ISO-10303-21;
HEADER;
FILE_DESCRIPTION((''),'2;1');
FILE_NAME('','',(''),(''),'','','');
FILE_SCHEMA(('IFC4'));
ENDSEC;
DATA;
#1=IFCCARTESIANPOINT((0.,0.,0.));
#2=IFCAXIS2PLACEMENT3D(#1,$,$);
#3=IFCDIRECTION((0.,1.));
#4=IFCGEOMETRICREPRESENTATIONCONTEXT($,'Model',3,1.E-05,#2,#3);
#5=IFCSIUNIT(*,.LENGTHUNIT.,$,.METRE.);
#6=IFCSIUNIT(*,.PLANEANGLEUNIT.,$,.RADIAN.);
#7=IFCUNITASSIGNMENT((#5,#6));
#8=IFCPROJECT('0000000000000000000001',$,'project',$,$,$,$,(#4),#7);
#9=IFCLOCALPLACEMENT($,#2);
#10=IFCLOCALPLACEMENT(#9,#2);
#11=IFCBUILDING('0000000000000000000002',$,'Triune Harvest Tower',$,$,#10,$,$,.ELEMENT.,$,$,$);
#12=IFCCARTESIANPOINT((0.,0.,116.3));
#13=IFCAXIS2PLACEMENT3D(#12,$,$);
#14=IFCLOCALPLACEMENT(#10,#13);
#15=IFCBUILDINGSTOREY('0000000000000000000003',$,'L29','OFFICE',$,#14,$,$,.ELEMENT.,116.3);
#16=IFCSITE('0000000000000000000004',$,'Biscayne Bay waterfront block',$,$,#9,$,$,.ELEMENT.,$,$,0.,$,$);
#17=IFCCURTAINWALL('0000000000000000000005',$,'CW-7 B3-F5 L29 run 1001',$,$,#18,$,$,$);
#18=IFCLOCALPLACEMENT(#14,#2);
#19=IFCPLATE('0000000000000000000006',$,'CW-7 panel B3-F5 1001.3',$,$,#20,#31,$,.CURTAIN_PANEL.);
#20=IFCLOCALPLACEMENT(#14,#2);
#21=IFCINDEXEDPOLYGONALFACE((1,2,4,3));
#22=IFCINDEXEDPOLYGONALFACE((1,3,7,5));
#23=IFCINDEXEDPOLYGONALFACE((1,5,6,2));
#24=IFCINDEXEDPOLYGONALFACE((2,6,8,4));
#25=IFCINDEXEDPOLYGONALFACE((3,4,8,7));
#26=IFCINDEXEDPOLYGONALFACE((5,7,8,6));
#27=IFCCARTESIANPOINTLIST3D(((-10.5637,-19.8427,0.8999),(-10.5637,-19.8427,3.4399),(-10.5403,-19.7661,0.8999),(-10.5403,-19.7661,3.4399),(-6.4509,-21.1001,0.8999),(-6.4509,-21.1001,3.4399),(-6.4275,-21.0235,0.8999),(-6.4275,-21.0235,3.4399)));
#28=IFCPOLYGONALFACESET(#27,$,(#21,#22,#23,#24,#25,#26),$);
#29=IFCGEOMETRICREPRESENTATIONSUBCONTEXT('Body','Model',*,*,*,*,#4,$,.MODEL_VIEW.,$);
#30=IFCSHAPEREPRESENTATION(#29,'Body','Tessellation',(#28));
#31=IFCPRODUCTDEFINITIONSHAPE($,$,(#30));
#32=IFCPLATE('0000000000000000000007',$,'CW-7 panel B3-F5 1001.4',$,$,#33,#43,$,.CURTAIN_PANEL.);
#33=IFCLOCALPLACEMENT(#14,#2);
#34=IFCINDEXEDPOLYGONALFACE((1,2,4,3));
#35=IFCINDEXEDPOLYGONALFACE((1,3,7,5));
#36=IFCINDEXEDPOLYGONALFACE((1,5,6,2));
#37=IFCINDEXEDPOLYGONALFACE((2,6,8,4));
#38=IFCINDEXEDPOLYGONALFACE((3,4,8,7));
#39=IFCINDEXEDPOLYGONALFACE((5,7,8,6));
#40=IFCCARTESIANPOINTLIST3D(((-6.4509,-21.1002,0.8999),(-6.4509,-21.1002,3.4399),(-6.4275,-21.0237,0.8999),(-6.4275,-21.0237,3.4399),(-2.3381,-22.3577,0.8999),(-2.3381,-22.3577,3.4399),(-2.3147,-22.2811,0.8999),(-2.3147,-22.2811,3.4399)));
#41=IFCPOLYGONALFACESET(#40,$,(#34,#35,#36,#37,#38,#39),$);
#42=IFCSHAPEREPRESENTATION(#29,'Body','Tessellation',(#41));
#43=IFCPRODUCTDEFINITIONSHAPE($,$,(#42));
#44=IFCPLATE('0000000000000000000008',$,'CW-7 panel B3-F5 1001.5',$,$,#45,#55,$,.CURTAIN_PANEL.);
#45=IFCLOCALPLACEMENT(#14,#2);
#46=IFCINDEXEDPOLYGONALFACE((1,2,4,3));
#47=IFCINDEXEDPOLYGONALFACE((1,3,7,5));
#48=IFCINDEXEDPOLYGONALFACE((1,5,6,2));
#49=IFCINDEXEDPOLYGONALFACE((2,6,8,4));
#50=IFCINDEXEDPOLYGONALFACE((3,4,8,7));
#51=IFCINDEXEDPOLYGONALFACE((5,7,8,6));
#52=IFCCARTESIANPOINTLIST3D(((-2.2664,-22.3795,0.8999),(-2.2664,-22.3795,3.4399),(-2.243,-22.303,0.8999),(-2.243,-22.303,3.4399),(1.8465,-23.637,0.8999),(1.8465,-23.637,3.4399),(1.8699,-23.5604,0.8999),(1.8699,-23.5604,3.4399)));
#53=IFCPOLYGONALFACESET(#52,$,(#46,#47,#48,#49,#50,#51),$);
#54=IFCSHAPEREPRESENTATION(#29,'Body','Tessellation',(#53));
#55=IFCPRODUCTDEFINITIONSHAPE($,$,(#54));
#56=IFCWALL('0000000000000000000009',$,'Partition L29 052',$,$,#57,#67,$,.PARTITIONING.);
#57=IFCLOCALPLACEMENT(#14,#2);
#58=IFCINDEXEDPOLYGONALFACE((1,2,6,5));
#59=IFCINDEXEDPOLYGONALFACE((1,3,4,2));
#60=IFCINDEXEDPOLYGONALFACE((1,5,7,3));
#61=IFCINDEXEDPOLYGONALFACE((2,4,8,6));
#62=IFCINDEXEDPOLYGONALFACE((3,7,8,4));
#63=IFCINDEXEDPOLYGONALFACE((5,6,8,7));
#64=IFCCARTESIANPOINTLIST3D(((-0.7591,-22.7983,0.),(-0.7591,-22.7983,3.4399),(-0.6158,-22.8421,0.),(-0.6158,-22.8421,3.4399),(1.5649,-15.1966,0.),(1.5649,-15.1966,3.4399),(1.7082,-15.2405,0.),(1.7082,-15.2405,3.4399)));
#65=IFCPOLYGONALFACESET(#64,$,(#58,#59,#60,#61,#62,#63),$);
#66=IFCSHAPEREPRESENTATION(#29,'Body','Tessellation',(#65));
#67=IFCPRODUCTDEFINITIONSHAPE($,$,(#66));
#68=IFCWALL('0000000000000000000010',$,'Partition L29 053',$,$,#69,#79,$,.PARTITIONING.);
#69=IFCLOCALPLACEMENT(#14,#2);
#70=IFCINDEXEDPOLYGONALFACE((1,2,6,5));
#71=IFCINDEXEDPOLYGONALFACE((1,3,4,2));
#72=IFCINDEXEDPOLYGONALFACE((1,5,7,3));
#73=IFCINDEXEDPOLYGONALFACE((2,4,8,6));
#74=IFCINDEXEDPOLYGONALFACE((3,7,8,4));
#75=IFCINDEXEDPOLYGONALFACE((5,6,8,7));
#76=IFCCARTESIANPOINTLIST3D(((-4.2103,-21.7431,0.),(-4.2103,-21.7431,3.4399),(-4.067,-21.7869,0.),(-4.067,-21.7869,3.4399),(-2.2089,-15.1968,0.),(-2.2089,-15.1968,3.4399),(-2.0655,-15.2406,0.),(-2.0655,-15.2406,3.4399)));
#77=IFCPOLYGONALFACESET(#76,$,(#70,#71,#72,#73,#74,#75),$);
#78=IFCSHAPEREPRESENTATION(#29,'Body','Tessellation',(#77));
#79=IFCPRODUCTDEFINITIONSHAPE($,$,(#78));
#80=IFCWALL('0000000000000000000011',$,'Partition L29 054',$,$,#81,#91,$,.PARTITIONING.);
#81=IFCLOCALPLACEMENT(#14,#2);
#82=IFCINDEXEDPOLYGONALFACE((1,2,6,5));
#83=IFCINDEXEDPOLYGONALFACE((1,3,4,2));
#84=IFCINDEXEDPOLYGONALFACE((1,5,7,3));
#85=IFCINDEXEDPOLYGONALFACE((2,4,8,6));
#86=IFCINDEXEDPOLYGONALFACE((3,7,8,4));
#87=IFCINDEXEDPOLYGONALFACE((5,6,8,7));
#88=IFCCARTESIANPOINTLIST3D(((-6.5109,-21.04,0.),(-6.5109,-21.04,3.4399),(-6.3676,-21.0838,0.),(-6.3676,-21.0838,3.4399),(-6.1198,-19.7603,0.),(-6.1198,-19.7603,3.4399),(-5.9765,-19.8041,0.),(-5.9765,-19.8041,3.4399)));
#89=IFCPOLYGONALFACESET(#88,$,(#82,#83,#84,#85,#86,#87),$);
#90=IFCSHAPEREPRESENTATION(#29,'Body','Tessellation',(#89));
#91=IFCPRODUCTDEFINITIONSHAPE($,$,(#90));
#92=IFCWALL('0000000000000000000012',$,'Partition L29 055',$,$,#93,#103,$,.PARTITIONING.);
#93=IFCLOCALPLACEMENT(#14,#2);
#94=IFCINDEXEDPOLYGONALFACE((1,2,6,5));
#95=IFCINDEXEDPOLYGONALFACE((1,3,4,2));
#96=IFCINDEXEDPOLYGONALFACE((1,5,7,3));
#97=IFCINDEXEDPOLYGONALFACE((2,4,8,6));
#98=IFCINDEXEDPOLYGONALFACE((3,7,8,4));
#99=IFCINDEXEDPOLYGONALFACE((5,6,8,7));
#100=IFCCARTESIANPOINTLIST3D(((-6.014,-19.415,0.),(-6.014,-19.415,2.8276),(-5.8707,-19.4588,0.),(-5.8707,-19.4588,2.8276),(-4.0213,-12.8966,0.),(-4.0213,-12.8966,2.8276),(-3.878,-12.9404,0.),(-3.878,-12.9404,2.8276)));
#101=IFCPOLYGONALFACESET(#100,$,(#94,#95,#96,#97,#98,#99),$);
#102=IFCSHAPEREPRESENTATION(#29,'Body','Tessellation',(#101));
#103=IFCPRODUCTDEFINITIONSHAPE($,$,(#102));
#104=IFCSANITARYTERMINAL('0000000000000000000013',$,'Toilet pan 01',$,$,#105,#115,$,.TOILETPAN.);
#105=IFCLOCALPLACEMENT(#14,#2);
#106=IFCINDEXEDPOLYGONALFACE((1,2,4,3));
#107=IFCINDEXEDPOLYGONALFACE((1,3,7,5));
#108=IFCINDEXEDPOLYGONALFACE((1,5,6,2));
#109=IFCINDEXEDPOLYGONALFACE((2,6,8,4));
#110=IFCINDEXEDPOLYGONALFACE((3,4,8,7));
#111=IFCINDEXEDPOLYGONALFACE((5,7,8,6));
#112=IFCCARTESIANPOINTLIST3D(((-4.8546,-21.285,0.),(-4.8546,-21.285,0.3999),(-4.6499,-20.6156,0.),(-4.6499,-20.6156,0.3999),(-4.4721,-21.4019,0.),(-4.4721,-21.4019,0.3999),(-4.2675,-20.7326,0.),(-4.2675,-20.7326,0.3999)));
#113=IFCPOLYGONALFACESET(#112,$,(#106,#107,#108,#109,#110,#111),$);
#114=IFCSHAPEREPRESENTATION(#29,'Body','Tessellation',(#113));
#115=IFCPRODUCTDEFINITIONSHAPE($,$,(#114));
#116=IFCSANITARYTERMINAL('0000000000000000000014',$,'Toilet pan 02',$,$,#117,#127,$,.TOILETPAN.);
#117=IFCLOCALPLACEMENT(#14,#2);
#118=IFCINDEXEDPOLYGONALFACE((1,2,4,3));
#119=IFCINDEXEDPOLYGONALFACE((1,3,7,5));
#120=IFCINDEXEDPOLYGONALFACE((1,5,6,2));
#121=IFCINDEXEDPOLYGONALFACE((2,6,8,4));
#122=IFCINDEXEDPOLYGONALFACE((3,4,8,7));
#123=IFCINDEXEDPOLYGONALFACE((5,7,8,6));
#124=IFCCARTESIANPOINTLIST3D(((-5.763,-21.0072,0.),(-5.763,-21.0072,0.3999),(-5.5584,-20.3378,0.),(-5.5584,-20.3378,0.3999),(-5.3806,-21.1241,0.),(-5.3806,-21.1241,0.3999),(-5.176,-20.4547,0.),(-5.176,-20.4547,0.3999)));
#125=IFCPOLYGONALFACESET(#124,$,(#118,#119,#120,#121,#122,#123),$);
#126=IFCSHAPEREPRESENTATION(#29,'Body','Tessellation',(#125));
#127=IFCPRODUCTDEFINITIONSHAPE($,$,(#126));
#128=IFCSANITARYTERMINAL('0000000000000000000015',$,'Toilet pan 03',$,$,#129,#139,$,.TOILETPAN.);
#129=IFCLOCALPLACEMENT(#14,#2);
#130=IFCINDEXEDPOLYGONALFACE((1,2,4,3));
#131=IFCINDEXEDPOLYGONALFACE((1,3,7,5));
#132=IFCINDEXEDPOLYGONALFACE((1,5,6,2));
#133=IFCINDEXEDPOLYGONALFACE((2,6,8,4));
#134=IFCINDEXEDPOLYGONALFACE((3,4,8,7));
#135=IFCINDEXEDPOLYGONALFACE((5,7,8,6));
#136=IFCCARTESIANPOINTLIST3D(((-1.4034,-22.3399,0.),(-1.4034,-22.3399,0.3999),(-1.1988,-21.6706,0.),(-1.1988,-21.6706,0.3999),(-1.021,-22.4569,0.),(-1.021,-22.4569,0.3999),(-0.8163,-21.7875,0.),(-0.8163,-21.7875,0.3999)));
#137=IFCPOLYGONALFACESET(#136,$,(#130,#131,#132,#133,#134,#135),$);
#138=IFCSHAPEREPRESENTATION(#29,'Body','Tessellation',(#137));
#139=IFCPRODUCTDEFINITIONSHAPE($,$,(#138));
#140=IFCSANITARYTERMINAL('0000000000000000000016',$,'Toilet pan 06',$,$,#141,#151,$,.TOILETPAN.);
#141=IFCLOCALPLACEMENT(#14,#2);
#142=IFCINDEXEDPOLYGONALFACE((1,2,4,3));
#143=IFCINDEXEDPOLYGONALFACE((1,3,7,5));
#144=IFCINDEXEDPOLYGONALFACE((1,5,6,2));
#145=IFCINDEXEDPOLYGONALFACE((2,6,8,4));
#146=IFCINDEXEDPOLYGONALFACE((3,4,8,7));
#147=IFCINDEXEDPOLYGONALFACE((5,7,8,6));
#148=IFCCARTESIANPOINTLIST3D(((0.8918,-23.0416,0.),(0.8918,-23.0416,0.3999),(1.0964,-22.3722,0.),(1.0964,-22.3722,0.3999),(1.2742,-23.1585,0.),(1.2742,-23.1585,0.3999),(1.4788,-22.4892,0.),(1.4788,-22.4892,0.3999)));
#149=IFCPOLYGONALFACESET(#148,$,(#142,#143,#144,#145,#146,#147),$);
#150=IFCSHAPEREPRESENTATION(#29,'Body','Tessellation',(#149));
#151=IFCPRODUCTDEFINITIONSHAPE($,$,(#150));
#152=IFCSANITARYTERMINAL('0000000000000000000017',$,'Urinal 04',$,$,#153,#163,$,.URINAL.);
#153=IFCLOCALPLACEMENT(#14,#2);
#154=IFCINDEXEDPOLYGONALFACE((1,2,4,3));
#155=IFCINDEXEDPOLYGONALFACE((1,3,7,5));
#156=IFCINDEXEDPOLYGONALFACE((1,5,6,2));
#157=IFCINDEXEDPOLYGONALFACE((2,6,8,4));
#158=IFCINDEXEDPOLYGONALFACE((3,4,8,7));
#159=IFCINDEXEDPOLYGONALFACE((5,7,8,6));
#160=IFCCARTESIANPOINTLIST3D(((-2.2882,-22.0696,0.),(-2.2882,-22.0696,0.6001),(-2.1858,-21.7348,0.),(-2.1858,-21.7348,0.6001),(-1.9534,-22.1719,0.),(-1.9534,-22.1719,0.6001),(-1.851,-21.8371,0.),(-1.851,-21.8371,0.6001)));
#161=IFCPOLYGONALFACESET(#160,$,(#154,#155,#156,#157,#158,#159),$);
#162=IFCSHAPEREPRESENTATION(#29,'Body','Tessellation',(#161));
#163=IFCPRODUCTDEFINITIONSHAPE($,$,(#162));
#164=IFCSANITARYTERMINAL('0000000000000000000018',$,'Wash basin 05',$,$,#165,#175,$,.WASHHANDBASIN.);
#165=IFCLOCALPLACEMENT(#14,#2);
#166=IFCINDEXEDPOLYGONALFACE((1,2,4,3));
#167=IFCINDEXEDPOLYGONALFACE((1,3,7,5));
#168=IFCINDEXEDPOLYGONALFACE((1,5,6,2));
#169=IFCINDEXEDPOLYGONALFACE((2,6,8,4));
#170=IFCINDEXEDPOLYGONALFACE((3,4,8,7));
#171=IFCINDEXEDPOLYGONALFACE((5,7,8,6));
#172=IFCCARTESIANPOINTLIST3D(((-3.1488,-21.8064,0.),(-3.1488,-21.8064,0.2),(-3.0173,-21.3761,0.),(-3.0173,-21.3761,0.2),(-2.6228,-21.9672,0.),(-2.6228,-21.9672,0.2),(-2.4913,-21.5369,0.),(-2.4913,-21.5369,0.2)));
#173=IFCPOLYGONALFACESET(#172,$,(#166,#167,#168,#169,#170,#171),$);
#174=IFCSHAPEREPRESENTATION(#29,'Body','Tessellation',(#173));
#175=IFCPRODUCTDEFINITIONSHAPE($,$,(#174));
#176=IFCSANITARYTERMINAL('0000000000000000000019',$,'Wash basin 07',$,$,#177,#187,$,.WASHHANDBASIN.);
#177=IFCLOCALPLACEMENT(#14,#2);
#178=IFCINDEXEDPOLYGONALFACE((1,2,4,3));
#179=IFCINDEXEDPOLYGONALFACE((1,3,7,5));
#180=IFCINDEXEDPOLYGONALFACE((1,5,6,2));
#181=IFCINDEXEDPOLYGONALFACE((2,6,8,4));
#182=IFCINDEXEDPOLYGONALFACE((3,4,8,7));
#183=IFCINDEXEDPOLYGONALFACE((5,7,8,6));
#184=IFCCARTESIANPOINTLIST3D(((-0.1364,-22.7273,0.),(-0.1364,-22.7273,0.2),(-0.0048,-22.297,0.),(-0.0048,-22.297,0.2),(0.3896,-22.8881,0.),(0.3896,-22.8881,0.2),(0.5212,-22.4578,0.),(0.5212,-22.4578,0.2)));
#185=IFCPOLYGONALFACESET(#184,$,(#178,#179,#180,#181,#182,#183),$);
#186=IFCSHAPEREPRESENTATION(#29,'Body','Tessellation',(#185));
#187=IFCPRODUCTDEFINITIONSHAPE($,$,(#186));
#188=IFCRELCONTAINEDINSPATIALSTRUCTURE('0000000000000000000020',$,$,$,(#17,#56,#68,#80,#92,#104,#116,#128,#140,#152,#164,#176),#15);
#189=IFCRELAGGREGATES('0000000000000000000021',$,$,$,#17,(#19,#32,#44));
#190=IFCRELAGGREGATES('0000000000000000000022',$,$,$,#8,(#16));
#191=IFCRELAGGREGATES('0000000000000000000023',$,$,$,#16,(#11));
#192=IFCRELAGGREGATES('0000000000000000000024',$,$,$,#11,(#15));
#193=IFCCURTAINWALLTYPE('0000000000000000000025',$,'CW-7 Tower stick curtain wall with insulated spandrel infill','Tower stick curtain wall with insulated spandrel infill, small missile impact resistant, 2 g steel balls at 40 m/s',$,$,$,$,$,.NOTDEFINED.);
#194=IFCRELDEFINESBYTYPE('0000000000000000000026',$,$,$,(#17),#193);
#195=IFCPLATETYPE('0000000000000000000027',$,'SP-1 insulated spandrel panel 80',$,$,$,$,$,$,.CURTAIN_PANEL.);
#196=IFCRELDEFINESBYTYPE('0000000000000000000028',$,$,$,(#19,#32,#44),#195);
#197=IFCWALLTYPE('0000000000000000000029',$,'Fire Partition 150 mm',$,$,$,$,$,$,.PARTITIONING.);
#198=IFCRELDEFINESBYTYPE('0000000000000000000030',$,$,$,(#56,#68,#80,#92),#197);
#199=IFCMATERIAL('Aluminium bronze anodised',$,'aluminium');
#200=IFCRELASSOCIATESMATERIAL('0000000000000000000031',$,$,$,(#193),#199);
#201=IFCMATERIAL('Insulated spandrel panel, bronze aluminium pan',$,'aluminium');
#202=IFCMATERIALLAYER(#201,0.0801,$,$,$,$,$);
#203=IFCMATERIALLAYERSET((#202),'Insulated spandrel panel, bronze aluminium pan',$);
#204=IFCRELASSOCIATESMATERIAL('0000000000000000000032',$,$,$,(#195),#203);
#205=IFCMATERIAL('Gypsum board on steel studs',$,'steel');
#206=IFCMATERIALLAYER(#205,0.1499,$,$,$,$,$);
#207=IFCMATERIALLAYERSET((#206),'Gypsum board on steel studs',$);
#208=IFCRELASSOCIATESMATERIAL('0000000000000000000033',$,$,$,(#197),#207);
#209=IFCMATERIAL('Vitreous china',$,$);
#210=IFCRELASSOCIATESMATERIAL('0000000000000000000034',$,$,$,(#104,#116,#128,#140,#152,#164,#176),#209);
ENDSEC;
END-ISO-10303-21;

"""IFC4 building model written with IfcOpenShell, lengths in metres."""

from ifc_helpers import new_model, si_unit, direction, frame, frame_2d, origin, origin_2d, place, context, subcontext, project, spatial, rectangle, extrude, source, transform, mapped, material, layer, layer_set, type_object, element, aggregate, save


model = new_model("IFC4")

# Units and contexts
model_context = context("Model", 3, precision=1e-05, world=origin(), true_north=direction((0.0, 1.0)))
body_context = subcontext(model_context, "Body", "Model", "MODEL_VIEW")
ifc_project = project(units=[si_unit("LENGTHUNIT", "METRE"), si_unit("PLANEANGLEUNIT", "RADIAN")], contexts=[model_context])

# Site, building, storey
site_placement = place(None, origin())
site = spatial("IfcSite", under=ifc_project, at=site_placement, Name="Biscayne Bay waterfront block", CompositionType="ELEMENT", RefElevation=0.0)
building_placement = place(site_placement, origin())
building = spatial("IfcBuilding", under=site, at=building_placement, Name="Triune Harvest Tower", CompositionType="ELEMENT")
storey_placement = place(building_placement, frame((0.0, 0.0, 116.3)))
storey = spatial("IfcBuildingStorey", under=building, at=storey_placement, Name="L29", Description="OFFICE", CompositionType="ELEMENT", Elevation=116.3)

# Curtain wall, plates
ifc_material_1 = material(Name="Aluminium bronze anodised", Category="aluminium")
curtain_wall_type = type_object("IfcCurtainWallType", Name="CW-7 Tower stick curtain wall with insulated spandrel infill", Description="Tower stick curtain wall with insulated spandrel infill, small missile impact resistant, 2 g steel balls at 40 m/s", PredefinedType="NOTDEFINED", material=ifc_material_1)
curtain_wall_placement = place(storey_placement, origin())
curtain_wall = element("IfcCurtainWall", 1, at=curtain_wall_placement, inside=storey, type_object=curtain_wall_type, Name="CW-7 B3-F5 L29 run 1001")
ifc_material_2 = material(Name="Insulated spandrel panel, bronze aluminium pan", Category="aluminium")
ifc_layer_1 = layer(ifc_material_2, 0.0801)
ifc_layer_set_1 = layer_set([ifc_layer_1], Name="Insulated spandrel panel, bronze aluminium pan")
plate_type = type_object("IfcPlateType", Name="SP-1 insulated spandrel panel 80", PredefinedType="CURTAIN_PANEL", material=ifc_layer_set_1)
shared_shape_1 = source(origin(), body_context, "Body", "SweptSolid", [
    extrude(rectangle(XDim=4.3008, YDim=0.0801, at=origin_2d()), origin(), (0.0, 0.0, 1.0), 2.54),
])
plate_1_placement = place(storey_placement, frame((-8.4956, -20.4331, 0.8999), z_axis=(0.0, 0.0, 1.0), x_axis=(0.956304, -0.292373, 0.0)))
plate_1 = element("IfcPlate", 2, at=plate_1_placement, type_object=plate_type, Name="CW-7 panel B3-F5 1001.3", PredefinedType="CURTAIN_PANEL", context=body_context, shape_type="MappedRepresentation", body=[
    mapped(shared_shape_1, transform((0.0, 0.0, 0.0), scale=1.0)),
])
plate_2_placement = place(storey_placement, frame((-4.3828, -21.6907, 0.8999), z_axis=(0.0, 0.0, 1.0), x_axis=(0.956304, -0.292373, 0.0)))
plate_2 = element("IfcPlate", 3, at=plate_2_placement, type_object=plate_type, Name="CW-7 panel B3-F5 1001.4", PredefinedType="CURTAIN_PANEL", context=body_context, shape_type="MappedRepresentation", body=[
    mapped(shared_shape_1, transform((0.0, 0.0, 0.0), scale=1.0)),
])
plate_3_placement = place(storey_placement, frame((-0.1982, -22.97, 0.8999), z_axis=(0.0, 0.0, 1.0), x_axis=(0.956304, -0.292373, 0.0)))
plate_3 = element("IfcPlate", 4, at=plate_3_placement, type_object=plate_type, Name="CW-7 panel B3-F5 1001.5", PredefinedType="CURTAIN_PANEL", context=body_context, shape_type="MappedRepresentation", body=[
    mapped(shared_shape_1, transform((0.0, 0.0, 0.0), scale=1.0)),
])
aggregate(curtain_wall, [plate_1, plate_2, plate_3])

# Walls
ifc_material_3 = material(Name="Gypsum board on steel studs", Category="steel")
ifc_layer_2 = layer(ifc_material_3, 0.1499)
ifc_layer_set_2 = layer_set([ifc_layer_2], Name="Gypsum board on steel studs")
wall_type = type_object("IfcWallType", Name="Fire Partition 150 mm", PredefinedType="PARTITIONING", material=ifc_layer_set_2)
shared_shape_2 = source(origin(), body_context, "Body", "SweptSolid", [
    extrude(rectangle(XDim=7.949, YDim=0.1499, at=frame_2d((3.9746, 0.0))), origin(), (0.0, 0.0, 1.0), 3.4399),
])
wall_1_placement = place(storey_placement, frame((-0.6875, -22.8203, 0.0), z_axis=(0.0, 0.0, 1.0), x_axis=(0.292365, 0.956307, 0.0)))
element("IfcWall", 5, at=wall_1_placement, inside=storey, type_object=wall_type, Name="Partition L29 052", PredefinedType="PARTITIONING", context=body_context, shape_type="MappedRepresentation", body=[
    mapped(shared_shape_2, transform((0.0, 0.0, 0.0), scale=1.0)),
])
shared_shape_3 = source(origin(), body_context, "Body", "SweptSolid", [
    extrude(rectangle(XDim=6.8455, YDim=0.1499, at=frame_2d((3.4229, 0.0))), origin(), (0.0, 0.0, 1.0), 3.4399),
])
wall_2_placement = place(storey_placement, frame((-4.1387, -21.7651, 0.0), z_axis=(0.0, 0.0, 1.0), x_axis=(0.292376, 0.956303, 0.0)))
element("IfcWall", 6, at=wall_2_placement, inside=storey, type_object=wall_type, Name="Partition L29 053", PredefinedType="PARTITIONING", context=body_context, shape_type="MappedRepresentation", body=[
    mapped(shared_shape_3, transform((0.0, 0.0, 0.0), scale=1.0)),
])
shared_shape_4 = source(origin(), body_context, "Body", "SweptSolid", [
    extrude(rectangle(XDim=1.3381, YDim=0.1499, at=frame_2d((0.6689, 0.0))), origin(), (0.0, 0.0, 1.0), 3.4399),
])
wall_3_placement = place(storey_placement, frame((-6.4392, -21.0618, 0.0), z_axis=(0.0, 0.0, 1.0), x_axis=(0.292265, 0.956337, 0.0)))
element("IfcWall", 7, at=wall_3_placement, inside=storey, type_object=wall_type, Name="Partition L29 054", PredefinedType="PARTITIONING", context=body_context, shape_type="MappedRepresentation", body=[
    mapped(shared_shape_4, transform((0.0, 0.0, 0.0), scale=1.0)),
])
shared_shape_5 = source(origin(), body_context, "Body", "SweptSolid", [
    extrude(rectangle(XDim=6.8162, YDim=0.1499, at=frame_2d((3.4082, 0.0))), origin(), (0.0, 0.0, 1.0), 2.8276),
])
wall_4_placement = place(storey_placement, frame((-5.9424, -19.437, 0.0), z_axis=(0.0, 0.0, 1.0), x_axis=(0.292349, 0.956312, 0.0)))
element("IfcWall", 8, at=wall_4_placement, inside=storey, type_object=wall_type, Name="Partition L29 055", PredefinedType="PARTITIONING", context=body_context, shape_type="MappedRepresentation", body=[
    mapped(shared_shape_5, transform((0.0, 0.0, 0.0), scale=1.0)),
])

# Sanitary terminals
ifc_material_4 = material(Name="Vitreous china")
shared_shape_6 = source(origin(), body_context, "Body", "SweptSolid", [
    extrude(rectangle(XDim=0.3999, YDim=0.7, at=origin_2d()), origin(), (0.0, 0.0, 1.0), 0.3999),
])
for number, where, z_axis, x_axis, name in (
    (9, (-4.561, -21.0088, 0.0), (0.0, 0.0, 1.0), (-0.95631, 0.292355, 0.0), "Toilet pan 01"),
    (10, (-5.4695, -20.731, 0.0), (0.0, 0.0, 1.0), (-0.95631, 0.292355, 0.0), "Toilet pan 02"),
    (11, (-1.1099, -22.0637, 0.0), (0.0, 0.0, 1.0), (-0.95631, 0.292355, 0.0), "Toilet pan 03"),
    (12, (1.1853, -22.7654, 0.0), (0.0, 0.0, 1.0), (-0.956305, 0.292372, 0.0), "Toilet pan 06"),
):
    element("IfcSanitaryTerminal", number, at=place(storey_placement, frame(where, z_axis=z_axis, x_axis=x_axis)), inside=storey, material=ifc_material_4, Name=name, PredefinedType="TOILETPAN", context=body_context, shape_type="MappedRepresentation", body=[
        mapped(shared_shape_6, transform((0.0, 0.0, 0.0), scale=1.0)),
    ])
shared_shape_7 = source(origin(), body_context, "Body", "SweptSolid", [
    extrude(rectangle(XDim=0.3501, YDim=0.3501, at=origin_2d()), origin(), (0.0, 0.0, 1.0), 0.6001),
])
sanitary_terminal_placement = place(storey_placement, frame((-2.0696, -21.9534, 0.0), z_axis=(0.0, 0.0, 1.0), x_axis=(-0.95631, 0.292355, 0.0)))
element("IfcSanitaryTerminal", 13, at=sanitary_terminal_placement, inside=storey, material=ifc_material_4, Name="Urinal 04", PredefinedType="URINAL", context=body_context, shape_type="MappedRepresentation", body=[
    mapped(shared_shape_7, transform((0.0, 0.0, 0.0), scale=1.0)),
])
shared_shape_8 = source(origin(), body_context, "Body", "SweptSolid", [
    extrude(rectangle(XDim=0.55, YDim=0.45, at=origin_2d()), origin(), (0.0, 0.0, 1.0), 0.2),
])
for number, where, z_axis, x_axis, name in (
    (14, (-2.8201, -21.6716, 0.0), (0.0, 0.0, 1.0), (-0.95631, 0.292355, 0.0), "Wash basin 05"),
    (15, (0.1924, -22.5925, 0.0), (0.0, 0.0, 1.0), (-0.956305, 0.292372, 0.0), "Wash basin 07"),
):
    element("IfcSanitaryTerminal", number, at=place(storey_placement, frame(where, z_axis=z_axis, x_axis=x_axis)), inside=storey, material=ifc_material_4, Name=name, PredefinedType="WASHHANDBASIN", context=body_context, shape_type="MappedRepresentation", body=[
        mapped(shared_shape_8, transform((0.0, 0.0, 0.0), scale=1.0)),
    ])

save(model, "model.ifc")
